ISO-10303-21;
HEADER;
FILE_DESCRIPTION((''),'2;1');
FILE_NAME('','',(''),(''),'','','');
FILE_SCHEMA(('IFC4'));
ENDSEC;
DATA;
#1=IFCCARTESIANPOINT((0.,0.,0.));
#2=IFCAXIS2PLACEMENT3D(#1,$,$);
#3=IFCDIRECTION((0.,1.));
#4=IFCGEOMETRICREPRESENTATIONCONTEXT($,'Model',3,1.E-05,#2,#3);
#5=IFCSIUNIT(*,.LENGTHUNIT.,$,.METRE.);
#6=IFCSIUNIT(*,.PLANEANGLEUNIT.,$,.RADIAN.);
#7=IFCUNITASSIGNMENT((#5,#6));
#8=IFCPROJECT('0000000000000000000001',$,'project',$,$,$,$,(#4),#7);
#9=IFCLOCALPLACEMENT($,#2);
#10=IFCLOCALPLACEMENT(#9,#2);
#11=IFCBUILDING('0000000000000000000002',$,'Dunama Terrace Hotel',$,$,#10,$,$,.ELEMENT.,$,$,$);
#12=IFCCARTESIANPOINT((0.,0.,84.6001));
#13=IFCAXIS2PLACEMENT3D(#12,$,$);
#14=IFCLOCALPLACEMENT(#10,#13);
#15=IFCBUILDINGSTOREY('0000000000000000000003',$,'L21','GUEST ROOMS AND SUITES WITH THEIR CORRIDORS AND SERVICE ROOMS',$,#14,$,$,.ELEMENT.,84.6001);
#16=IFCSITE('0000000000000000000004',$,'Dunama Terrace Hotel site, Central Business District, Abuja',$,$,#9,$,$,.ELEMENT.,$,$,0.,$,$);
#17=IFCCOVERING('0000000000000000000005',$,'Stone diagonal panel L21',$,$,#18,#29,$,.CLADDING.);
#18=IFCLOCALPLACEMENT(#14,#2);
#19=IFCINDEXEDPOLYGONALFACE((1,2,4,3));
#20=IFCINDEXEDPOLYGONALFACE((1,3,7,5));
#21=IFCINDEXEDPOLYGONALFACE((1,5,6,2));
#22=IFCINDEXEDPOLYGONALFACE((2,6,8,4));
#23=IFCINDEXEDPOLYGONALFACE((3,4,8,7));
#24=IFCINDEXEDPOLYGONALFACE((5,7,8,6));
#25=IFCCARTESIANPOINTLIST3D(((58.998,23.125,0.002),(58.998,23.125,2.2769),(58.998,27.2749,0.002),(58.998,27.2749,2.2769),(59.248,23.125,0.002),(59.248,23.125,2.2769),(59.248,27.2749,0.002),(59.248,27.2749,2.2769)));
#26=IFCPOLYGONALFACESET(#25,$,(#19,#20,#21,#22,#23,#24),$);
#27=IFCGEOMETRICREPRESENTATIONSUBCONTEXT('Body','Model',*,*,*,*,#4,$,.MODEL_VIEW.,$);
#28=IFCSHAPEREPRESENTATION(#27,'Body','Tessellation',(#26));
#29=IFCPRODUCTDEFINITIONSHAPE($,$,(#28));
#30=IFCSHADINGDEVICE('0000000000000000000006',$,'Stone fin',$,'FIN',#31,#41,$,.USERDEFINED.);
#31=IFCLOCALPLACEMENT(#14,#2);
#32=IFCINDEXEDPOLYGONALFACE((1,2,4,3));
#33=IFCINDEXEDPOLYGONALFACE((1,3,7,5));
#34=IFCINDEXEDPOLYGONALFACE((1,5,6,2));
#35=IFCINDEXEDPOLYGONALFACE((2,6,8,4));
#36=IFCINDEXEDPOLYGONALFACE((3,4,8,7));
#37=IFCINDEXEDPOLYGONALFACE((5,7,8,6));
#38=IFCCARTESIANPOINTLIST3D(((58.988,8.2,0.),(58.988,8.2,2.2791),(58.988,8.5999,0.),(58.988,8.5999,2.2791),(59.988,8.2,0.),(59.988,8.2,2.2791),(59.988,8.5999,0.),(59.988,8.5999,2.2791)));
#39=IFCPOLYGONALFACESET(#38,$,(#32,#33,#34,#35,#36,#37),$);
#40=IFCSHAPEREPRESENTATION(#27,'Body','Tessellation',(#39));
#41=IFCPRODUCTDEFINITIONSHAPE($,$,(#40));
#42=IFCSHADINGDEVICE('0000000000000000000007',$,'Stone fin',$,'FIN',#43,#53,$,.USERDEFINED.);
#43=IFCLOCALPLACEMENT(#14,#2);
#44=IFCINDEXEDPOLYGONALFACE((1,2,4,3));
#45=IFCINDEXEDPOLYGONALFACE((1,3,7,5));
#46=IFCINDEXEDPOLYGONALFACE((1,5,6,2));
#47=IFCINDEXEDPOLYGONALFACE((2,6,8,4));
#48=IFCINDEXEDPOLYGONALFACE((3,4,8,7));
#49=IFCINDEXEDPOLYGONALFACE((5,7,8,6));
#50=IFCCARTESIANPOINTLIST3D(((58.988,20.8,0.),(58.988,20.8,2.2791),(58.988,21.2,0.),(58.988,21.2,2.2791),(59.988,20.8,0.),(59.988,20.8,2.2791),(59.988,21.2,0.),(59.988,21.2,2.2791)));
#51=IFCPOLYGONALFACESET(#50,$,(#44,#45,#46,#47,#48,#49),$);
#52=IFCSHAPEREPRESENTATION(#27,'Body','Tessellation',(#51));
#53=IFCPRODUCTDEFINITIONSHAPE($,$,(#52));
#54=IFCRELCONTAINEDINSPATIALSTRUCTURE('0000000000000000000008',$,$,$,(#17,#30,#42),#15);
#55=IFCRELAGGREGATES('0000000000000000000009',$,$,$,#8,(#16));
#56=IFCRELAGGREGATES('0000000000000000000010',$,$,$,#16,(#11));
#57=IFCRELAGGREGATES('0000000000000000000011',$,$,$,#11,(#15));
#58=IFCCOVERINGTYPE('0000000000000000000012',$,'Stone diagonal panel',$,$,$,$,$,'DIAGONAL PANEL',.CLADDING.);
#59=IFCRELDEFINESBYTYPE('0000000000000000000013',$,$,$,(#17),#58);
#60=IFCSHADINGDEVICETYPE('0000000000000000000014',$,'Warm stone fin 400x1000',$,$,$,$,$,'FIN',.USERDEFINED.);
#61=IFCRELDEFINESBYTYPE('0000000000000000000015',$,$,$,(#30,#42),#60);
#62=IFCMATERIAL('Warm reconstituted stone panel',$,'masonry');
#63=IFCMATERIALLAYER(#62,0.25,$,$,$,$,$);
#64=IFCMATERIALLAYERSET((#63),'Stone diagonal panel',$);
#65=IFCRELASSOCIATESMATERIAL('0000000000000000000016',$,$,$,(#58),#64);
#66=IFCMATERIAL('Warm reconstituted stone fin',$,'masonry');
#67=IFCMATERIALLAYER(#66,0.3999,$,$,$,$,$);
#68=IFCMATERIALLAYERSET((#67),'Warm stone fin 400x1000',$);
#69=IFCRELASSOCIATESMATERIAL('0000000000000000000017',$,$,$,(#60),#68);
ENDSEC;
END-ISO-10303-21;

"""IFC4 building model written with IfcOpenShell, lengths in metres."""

from ifc_helpers import new_model, si_unit, direction, frame, origin, origin_2d, place, context, subcontext, project, spatial, rectangle, extrude, material, layer, layer_set, type_object, element, save


model = new_model("IFC4")

# Units and contexts
model_context = context("Model", 3, precision=1e-05, world=origin(), true_north=direction((0.0, 1.0)))
body_context = subcontext(model_context, "Body", "Model", "MODEL_VIEW")
ifc_project = project(units=[si_unit("LENGTHUNIT", "METRE"), si_unit("PLANEANGLEUNIT", "RADIAN")], contexts=[model_context])

# Site, building, storey
site_placement = place(None, origin())
site = spatial("IfcSite", under=ifc_project, at=site_placement, Name="Dunama Terrace Hotel site, Central Business District, Abuja", CompositionType="ELEMENT", RefElevation=0.0)
building_placement = place(site_placement, origin())
building = spatial("IfcBuilding", under=site, at=building_placement, Name="Dunama Terrace Hotel", CompositionType="ELEMENT")
storey_placement = place(building_placement, frame((0.0, 0.0, 84.6001)))
storey = spatial("IfcBuildingStorey", under=building, at=storey_placement, Name="L21", Description="GUEST ROOMS AND SUITES WITH THEIR CORRIDORS AND SERVICE ROOMS", CompositionType="ELEMENT", Elevation=84.6001)

# Covering
ifc_material_1 = material(Name="Warm reconstituted stone panel", Category="masonry")
ifc_layer_1 = layer(ifc_material_1, 0.25)
ifc_layer_set_1 = layer_set([ifc_layer_1], Name="Stone diagonal panel")
covering_type = type_object("IfcCoveringType", Name="Stone diagonal panel", ElementType="DIAGONAL PANEL", PredefinedType="CLADDING", material=ifc_layer_set_1)
for number, where, z_axis, x_axis, name in (
    (1, (59.123, 25.2, 0.002), (0.0, 0.0, 1.0), (0.0, 1.0, 0.0), "Stone diagonal panel L21"),
):
    element("IfcCovering", number, at=place(storey_placement, frame(where, z_axis=z_axis, x_axis=x_axis)), inside=storey, type_object=covering_type, Name=name, PredefinedType="CLADDING", context=body_context, shape_type="SweptSolid", body=[
        extrude(rectangle(XDim=4.1499, YDim=0.25, at=origin_2d()), origin(), (0.0, 0.0, 1.0), 2.2749),
    ])

# Shading devices
ifc_material_2 = material(Name="Warm reconstituted stone fin", Category="masonry")
ifc_layer_2 = layer(ifc_material_2, 0.3999)
ifc_layer_set_2 = layer_set([ifc_layer_2], Name="Warm stone fin 400x1000")
shading_device_type = type_object("IfcShadingDeviceType", Name="Warm stone fin 400x1000", ElementType="FIN", PredefinedType="USERDEFINED", material=ifc_layer_set_2)
for number, where, z_axis, x_axis, name in (
    (2, (59.488, 8.3999, 0.0), (0.0, 0.0, 1.0), (0.0, 1.0, 0.0), "Stone fin"),
    (3, (59.488, 21.0, 0.0), (0.0, 0.0, 1.0), (0.0, 1.0, 0.0), "Stone fin"),
):
    element("IfcShadingDevice", number, at=place(storey_placement, frame(where, z_axis=z_axis, x_axis=x_axis)), inside=storey, type_object=shading_device_type, Name=name, ObjectType="FIN", PredefinedType="USERDEFINED", context=body_context, shape_type="SweptSolid", body=[
        extrude(rectangle(XDim=0.3999, YDim=1.0, at=origin_2d()), origin(), (0.0, 0.0, 1.0), 2.2791),
    ])

save(model, "model.ifc")
